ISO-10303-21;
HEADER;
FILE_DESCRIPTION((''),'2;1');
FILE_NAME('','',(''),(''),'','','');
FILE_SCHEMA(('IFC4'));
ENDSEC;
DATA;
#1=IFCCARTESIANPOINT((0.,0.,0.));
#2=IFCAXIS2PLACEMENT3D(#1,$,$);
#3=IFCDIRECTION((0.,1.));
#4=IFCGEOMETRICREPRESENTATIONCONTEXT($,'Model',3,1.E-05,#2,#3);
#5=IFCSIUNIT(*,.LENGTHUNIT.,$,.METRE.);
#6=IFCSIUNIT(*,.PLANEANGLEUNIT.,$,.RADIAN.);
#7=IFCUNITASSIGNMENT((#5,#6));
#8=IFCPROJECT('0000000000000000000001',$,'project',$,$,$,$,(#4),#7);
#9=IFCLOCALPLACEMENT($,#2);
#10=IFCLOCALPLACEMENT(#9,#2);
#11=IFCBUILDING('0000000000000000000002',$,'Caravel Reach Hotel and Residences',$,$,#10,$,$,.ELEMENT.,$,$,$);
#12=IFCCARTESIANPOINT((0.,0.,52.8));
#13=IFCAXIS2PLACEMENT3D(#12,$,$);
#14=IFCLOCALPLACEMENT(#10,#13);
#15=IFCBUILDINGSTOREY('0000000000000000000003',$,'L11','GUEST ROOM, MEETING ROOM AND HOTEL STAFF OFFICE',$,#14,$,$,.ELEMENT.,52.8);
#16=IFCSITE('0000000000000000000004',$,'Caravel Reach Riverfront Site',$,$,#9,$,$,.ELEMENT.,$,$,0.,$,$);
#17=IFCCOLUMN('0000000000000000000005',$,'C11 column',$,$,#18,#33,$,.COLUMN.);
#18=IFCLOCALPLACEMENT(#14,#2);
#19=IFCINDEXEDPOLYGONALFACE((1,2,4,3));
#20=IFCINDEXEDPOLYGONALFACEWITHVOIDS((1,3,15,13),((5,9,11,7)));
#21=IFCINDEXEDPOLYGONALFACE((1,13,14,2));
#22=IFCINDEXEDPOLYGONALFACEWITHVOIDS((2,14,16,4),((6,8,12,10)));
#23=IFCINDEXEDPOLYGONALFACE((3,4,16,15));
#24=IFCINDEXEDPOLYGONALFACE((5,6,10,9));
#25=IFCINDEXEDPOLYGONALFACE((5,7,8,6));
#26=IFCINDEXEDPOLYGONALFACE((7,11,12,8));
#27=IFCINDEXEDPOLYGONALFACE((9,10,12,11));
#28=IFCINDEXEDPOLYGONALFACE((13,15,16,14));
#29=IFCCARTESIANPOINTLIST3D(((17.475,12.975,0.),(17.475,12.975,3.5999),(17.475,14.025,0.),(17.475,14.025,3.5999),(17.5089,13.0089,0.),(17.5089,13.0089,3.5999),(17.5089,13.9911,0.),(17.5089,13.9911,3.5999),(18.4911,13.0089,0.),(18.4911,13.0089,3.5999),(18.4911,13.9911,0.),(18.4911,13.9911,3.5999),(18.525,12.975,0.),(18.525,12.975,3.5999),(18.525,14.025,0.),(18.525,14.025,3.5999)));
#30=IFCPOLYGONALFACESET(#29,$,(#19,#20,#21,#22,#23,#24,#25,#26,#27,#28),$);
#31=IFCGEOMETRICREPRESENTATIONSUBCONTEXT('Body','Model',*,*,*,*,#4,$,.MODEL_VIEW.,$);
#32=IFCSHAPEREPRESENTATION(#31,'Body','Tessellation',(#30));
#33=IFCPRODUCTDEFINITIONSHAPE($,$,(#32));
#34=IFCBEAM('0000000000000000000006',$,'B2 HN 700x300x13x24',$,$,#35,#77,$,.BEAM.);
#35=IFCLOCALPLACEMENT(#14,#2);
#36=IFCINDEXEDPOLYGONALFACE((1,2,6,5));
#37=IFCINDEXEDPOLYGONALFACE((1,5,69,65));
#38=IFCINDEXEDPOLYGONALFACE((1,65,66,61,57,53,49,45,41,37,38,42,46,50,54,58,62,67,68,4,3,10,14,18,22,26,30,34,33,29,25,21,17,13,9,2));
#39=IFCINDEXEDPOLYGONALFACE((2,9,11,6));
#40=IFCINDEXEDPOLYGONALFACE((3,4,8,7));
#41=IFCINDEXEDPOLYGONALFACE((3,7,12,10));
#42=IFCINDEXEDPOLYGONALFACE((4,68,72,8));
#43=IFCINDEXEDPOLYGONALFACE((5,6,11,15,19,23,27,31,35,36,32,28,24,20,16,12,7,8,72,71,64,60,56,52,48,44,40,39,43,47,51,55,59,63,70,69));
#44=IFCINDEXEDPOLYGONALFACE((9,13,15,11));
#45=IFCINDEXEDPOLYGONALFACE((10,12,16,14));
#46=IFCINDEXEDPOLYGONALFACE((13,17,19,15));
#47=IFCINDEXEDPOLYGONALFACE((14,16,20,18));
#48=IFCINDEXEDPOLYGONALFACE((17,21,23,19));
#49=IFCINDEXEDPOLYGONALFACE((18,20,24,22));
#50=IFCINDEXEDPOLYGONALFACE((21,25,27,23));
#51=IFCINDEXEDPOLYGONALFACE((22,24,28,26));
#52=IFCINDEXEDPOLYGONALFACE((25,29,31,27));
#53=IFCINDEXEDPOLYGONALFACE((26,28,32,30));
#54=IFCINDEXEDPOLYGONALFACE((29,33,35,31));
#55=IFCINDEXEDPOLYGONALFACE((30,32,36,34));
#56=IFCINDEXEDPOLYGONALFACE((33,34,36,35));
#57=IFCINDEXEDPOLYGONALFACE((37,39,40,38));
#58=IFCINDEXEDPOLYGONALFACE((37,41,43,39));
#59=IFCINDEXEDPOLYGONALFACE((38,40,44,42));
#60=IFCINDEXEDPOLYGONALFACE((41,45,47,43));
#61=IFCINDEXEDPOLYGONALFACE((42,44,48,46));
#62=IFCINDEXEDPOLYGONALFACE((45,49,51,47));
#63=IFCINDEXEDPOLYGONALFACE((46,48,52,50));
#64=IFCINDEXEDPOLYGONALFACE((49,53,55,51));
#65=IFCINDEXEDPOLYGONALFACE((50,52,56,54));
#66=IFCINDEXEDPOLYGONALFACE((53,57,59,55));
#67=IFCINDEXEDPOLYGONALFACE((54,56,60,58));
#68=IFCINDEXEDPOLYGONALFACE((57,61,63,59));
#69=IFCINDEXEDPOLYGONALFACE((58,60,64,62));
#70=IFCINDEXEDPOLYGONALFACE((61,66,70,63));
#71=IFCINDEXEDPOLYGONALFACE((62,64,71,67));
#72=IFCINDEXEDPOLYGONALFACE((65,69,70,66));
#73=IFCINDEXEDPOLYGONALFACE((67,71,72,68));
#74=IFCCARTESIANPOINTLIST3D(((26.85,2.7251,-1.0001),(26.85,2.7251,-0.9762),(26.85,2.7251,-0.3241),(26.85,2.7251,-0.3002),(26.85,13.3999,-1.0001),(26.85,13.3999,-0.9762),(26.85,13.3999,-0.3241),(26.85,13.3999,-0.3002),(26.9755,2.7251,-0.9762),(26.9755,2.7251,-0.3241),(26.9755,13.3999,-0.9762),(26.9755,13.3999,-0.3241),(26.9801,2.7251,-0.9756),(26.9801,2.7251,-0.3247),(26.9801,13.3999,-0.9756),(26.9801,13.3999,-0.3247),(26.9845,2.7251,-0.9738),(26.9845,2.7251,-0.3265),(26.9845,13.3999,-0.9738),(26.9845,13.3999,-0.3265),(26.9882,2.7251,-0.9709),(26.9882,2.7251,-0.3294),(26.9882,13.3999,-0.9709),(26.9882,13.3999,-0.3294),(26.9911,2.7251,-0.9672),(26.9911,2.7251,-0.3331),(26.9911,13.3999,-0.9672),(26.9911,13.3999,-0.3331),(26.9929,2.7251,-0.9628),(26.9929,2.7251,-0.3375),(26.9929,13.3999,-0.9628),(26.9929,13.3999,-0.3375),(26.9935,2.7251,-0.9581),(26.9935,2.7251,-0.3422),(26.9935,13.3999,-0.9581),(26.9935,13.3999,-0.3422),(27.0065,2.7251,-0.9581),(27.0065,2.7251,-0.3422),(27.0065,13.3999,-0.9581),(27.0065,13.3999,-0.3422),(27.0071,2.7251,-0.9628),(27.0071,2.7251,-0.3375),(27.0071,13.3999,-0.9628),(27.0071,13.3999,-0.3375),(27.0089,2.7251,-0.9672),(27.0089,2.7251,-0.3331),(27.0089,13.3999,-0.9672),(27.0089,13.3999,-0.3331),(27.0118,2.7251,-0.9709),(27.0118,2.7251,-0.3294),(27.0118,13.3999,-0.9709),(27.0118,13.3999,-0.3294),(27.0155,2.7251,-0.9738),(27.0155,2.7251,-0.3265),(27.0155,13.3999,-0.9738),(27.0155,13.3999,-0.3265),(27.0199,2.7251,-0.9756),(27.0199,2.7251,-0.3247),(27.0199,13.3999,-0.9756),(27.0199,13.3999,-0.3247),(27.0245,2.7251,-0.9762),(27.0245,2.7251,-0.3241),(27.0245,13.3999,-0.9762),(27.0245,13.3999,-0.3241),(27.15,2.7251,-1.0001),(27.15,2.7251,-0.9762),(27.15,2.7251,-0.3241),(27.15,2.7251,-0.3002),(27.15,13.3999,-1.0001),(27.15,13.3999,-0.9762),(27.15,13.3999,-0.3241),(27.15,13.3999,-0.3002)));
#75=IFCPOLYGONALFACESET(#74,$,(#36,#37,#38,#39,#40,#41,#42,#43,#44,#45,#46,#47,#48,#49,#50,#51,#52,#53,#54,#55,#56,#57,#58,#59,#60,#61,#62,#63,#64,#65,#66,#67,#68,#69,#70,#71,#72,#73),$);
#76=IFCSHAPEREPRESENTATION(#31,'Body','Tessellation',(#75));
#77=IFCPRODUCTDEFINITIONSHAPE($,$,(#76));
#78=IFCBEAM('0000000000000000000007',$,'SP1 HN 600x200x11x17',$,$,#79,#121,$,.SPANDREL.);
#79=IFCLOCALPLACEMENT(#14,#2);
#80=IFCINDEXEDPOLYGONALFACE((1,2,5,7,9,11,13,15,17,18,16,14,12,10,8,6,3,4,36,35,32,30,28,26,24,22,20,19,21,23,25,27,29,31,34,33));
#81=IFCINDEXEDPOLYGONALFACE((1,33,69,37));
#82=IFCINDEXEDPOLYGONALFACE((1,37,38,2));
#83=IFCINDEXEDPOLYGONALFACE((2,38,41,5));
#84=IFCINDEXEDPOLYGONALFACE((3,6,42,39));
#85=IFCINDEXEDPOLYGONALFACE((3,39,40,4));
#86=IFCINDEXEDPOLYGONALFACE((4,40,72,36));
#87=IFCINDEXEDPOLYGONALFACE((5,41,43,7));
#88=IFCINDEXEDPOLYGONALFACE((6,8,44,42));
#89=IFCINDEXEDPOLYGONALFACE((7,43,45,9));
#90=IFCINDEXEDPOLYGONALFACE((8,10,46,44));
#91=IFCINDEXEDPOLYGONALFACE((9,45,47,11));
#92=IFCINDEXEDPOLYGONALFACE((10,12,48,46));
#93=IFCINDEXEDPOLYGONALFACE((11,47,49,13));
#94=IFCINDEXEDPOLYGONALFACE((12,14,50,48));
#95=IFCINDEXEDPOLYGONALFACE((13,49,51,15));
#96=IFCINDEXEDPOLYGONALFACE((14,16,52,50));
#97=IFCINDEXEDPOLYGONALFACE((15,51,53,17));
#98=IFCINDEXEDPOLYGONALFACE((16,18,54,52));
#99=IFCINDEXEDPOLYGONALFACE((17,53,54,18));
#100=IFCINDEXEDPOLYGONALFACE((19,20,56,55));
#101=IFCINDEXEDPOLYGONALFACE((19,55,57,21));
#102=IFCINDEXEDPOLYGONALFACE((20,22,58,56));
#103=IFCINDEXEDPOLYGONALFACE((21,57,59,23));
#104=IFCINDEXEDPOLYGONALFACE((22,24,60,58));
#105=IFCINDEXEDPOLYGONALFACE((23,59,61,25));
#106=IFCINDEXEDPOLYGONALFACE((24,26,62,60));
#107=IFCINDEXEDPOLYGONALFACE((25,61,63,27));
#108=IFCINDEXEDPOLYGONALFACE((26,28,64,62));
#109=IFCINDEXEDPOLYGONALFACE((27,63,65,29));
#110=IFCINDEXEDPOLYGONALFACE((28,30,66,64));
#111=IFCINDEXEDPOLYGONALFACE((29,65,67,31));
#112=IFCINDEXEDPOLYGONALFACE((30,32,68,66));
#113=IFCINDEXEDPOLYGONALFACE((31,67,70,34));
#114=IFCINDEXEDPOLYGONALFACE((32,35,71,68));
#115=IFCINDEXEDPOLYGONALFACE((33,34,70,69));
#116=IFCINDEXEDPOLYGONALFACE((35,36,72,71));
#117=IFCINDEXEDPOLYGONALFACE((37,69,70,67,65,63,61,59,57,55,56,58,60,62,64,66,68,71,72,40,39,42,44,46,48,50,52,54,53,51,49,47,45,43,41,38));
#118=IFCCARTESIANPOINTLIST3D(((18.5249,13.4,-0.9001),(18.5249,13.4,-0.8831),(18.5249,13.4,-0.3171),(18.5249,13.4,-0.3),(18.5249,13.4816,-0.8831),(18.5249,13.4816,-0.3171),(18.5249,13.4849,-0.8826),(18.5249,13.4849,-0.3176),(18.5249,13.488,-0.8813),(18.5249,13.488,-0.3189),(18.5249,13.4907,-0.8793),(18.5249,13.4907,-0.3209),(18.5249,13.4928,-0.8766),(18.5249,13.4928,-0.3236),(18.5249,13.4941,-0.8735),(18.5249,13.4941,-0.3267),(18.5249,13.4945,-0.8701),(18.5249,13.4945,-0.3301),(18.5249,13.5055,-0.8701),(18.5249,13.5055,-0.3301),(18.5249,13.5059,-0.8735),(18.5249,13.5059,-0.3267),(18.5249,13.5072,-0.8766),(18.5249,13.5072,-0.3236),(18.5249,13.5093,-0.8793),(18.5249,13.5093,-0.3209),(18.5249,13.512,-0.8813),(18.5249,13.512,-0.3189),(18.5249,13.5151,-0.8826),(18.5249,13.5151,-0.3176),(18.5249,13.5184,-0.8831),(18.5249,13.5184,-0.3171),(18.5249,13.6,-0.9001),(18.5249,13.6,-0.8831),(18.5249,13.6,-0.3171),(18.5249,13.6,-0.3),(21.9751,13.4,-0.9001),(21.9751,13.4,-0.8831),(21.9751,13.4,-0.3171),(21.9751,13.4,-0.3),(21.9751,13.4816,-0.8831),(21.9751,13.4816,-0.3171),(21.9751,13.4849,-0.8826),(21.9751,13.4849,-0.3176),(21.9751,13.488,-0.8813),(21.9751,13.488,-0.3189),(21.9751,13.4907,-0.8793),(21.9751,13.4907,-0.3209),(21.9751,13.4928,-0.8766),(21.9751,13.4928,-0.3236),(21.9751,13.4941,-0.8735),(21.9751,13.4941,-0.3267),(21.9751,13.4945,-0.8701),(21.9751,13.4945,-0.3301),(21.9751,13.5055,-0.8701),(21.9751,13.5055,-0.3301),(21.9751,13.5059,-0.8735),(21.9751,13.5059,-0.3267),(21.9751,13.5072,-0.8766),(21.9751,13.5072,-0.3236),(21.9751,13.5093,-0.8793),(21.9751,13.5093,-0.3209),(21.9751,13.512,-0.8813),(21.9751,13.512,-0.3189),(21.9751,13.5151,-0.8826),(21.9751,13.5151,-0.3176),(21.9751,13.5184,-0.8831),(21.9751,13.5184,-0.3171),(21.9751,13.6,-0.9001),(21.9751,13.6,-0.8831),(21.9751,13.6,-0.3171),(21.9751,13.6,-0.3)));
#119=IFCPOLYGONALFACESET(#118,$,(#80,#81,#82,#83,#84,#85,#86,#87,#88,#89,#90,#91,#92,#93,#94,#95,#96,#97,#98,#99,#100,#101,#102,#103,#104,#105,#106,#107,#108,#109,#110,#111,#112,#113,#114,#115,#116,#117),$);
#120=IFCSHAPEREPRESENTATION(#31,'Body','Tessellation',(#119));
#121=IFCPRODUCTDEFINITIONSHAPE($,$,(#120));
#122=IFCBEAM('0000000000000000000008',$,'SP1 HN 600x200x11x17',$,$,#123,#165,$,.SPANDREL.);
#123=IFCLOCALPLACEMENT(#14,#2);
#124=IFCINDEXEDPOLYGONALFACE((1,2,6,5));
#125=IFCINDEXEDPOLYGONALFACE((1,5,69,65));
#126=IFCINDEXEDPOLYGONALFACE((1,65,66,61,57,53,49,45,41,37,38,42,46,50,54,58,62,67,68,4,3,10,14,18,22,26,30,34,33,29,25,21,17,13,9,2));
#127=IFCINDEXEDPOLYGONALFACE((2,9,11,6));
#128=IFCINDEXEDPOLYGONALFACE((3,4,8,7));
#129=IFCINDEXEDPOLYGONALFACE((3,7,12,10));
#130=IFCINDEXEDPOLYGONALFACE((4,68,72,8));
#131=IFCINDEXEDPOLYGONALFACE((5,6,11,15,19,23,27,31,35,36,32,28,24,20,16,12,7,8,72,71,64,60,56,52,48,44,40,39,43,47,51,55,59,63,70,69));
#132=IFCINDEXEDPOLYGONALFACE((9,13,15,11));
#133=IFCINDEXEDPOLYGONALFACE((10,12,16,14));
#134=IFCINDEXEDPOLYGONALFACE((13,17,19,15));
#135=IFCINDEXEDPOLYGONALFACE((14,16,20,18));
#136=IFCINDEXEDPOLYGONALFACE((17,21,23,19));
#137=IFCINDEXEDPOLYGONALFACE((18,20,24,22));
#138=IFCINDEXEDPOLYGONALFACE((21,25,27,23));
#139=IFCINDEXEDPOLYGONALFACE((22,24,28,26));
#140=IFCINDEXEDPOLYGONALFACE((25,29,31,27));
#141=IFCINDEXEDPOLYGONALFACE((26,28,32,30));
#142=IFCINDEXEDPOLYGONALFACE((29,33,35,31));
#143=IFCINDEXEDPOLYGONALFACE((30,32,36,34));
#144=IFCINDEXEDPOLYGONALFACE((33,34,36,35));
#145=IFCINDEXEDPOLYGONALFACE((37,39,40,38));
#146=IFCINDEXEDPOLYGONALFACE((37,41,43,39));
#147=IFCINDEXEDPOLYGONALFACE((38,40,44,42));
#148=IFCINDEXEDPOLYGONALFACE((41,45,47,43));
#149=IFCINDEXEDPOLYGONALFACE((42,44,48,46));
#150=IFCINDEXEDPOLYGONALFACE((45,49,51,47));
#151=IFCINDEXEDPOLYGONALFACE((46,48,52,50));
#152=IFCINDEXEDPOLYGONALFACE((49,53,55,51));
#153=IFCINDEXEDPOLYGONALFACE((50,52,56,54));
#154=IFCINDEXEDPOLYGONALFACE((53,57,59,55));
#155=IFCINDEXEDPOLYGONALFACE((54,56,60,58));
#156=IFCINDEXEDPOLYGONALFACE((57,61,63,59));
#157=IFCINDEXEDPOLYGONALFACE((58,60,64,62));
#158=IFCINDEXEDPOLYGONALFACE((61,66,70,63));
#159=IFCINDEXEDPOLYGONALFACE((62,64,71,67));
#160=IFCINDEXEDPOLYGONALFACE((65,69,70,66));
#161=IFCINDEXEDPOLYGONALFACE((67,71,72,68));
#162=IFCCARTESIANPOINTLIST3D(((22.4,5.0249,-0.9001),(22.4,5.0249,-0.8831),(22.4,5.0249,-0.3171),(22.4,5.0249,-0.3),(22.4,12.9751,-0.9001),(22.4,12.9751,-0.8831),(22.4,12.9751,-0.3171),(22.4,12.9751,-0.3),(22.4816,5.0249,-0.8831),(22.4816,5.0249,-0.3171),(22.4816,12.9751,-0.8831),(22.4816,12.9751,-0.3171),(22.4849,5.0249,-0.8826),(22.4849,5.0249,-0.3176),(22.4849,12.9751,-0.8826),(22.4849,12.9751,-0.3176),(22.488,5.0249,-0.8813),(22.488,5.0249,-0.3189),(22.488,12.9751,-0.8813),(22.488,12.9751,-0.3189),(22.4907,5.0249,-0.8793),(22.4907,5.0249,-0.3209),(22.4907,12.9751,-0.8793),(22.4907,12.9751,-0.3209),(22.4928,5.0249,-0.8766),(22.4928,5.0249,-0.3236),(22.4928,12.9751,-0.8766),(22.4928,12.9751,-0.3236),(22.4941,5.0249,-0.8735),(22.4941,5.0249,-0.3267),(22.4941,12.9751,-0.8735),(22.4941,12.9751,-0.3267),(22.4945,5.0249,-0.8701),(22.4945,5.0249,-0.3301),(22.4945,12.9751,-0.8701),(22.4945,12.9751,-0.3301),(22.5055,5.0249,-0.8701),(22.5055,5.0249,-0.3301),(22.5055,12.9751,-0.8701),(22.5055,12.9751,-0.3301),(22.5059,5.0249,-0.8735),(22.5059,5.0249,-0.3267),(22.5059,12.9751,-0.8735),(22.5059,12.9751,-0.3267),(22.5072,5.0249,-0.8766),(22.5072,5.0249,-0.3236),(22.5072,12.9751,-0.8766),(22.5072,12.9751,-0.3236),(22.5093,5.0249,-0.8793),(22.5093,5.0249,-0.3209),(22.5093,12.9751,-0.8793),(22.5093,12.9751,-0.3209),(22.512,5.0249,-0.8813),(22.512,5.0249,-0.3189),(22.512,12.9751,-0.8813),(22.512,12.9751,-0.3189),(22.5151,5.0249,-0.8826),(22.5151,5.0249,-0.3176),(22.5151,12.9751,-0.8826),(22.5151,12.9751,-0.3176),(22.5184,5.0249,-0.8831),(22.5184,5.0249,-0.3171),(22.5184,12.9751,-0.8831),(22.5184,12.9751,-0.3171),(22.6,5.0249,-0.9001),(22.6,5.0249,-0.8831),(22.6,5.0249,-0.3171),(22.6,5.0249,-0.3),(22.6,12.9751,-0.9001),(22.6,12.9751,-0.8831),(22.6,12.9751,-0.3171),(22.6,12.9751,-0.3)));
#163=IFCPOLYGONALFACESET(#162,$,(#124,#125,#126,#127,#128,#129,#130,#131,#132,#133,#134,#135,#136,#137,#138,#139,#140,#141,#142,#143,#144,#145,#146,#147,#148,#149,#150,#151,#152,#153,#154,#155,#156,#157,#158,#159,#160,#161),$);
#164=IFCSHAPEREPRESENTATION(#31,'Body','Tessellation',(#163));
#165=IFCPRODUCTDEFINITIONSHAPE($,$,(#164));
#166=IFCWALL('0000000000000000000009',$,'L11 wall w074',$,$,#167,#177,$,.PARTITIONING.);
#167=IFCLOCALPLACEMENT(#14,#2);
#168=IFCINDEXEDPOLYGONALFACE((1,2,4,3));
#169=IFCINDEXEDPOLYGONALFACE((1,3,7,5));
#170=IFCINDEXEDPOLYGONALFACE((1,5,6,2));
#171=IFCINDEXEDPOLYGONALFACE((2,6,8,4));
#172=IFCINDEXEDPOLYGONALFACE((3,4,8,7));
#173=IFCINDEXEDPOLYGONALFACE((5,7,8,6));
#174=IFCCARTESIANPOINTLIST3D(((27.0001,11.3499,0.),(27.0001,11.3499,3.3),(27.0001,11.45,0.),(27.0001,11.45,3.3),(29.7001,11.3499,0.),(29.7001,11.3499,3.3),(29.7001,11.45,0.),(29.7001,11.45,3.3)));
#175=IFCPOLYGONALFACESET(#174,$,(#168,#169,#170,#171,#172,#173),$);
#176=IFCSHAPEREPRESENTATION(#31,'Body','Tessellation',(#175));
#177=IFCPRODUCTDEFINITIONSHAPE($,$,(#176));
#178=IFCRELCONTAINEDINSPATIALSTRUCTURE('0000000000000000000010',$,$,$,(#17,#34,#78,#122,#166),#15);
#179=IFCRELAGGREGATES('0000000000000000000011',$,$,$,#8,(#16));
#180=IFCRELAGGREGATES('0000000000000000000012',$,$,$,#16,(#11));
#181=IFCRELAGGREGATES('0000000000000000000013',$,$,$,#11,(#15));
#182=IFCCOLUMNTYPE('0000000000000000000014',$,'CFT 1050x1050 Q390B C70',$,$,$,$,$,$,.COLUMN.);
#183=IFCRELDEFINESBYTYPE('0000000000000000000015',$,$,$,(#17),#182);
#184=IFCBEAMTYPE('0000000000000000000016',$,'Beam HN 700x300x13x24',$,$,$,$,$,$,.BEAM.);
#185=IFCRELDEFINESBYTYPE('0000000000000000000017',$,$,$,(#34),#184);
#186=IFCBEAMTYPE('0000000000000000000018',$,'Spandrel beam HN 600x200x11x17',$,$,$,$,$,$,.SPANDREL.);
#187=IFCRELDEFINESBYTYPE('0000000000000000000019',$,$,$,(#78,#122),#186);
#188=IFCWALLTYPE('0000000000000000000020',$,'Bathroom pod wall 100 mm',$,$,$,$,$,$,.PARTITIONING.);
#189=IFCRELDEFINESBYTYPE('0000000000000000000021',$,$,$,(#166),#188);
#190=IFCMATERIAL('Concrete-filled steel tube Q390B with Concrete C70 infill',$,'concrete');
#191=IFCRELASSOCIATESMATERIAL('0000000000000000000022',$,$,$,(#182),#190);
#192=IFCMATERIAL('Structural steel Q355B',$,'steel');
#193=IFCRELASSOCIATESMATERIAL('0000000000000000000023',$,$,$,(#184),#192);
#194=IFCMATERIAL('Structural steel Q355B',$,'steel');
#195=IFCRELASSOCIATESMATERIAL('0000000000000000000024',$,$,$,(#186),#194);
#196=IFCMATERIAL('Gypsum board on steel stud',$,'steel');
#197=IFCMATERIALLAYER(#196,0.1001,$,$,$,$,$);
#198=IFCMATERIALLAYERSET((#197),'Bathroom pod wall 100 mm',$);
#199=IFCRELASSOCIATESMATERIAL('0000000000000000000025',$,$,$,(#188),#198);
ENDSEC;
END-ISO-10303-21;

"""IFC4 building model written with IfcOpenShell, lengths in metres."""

from ifc_helpers import new_model, si_unit, direction, frame, frame_2d, origin, origin_2d, place, context, subcontext, project, spatial, rectangle, hollow_rectangle, i_section, extrude, material, layer, layer_set, material_profile, profile_set, type_object, element, save


model = new_model("IFC4")

# Units and contexts
model_context = context("Model", 3, precision=1e-05, world=origin(), true_north=direction((0.0, 1.0)))
body_context = subcontext(model_context, "Body", "Model", "MODEL_VIEW")
ifc_project = project(units=[si_unit("LENGTHUNIT", "METRE"), si_unit("PLANEANGLEUNIT", "RADIAN")], contexts=[model_context])

# Site, building, storey
site_placement = place(None, origin())
site = spatial("IfcSite", under=ifc_project, at=site_placement, Name="Caravel Reach Riverfront Site", CompositionType="ELEMENT", RefElevation=0.0)
building_placement = place(site_placement, origin())
building = spatial("IfcBuilding", under=site, at=building_placement, Name="Caravel Reach Hotel and Residences", CompositionType="ELEMENT")
storey_placement = place(building_placement, frame((0.0, 0.0, 52.8)))
storey = spatial("IfcBuildingStorey", under=building, at=storey_placement, Name="L11", Description="GUEST ROOM, MEETING ROOM AND HOTEL STAFF OFFICE", CompositionType="ELEMENT", Elevation=52.8)

# Column
ifc_material_1 = material(Name="Concrete-filled steel tube Q390B with Concrete C70 infill", Category="concrete")
ifc_material_profile_1 = material_profile(ifc_material_1, hollow_rectangle(XDim=1.05, YDim=1.05, WallThickness=0.0339, at=origin_2d()), Name="RHS 1050x1050x34")
ifc_profile_set_1 = profile_set([ifc_material_profile_1], Name="Concrete-filled steel tube Q390B with Concrete C70 infill")
column_type = type_object("IfcColumnType", Name="CFT 1050x1050 Q390B C70", PredefinedType="COLUMN", material=ifc_profile_set_1)
column_placement = place(storey_placement, frame((18.0, 13.5, 0.0), z_axis=(0.0, 0.0, 1.0), x_axis=(1.0, 0.0, 0.0)))
element("IfcColumn", 1, at=column_placement, inside=storey, type_object=column_type, Name="C11 column", PredefinedType="COLUMN", context=body_context, shape_type="SweptSolid", body=[
    extrude(hollow_rectangle(XDim=1.05, YDim=1.05, WallThickness=0.0339, at=origin_2d()), origin(), (0.0, 0.0, 1.0), 3.5999),
])

# Beams
ifc_material_2 = material(Name="Structural steel Q355B", Category="steel")
ifc_material_profile_2 = material_profile(ifc_material_2, i_section(OverallWidth=0.3, OverallDepth=0.7, WebThickness=0.0129, FlangeThickness=0.0239, FilletRadius=0.0181, at=origin_2d()), Name="HN 700x300x13x24")
ifc_profile_set_2 = profile_set([ifc_material_profile_2], Name="Structural steel Q355B")
beam_type_1 = type_object("IfcBeamType", Name="Beam HN 700x300x13x24", PredefinedType="BEAM", material=ifc_profile_set_2)
beam_1_placement = place(storey_placement, frame((27.0, 13.3999, -0.6501), z_axis=(0.0, -1.0, 0.0), x_axis=(1.0, 0.0, 0.0)))
element("IfcBeam", 2, at=beam_1_placement, inside=storey, type_object=beam_type_1, Name="B2 HN 700x300x13x24", PredefinedType="BEAM", context=body_context, shape_type="SweptSolid", body=[
    extrude(i_section(OverallWidth=0.3, OverallDepth=0.7, WebThickness=0.0129, FlangeThickness=0.0239, FilletRadius=0.0181, at=origin_2d()), origin(), (0.0, 0.0, 1.0), 10.6748),
])
ifc_material_3 = material(Name="Structural steel Q355B", Category="steel")
ifc_material_profile_3 = material_profile(ifc_material_3, i_section(OverallWidth=0.2, OverallDepth=0.6001, WebThickness=0.011, FlangeThickness=0.0171, FilletRadius=0.0129, at=origin_2d()), Name="HN 600x200x11x17")
ifc_profile_set_3 = profile_set([ifc_material_profile_3], Name="Structural steel Q355B")
beam_type_2 = type_object("IfcBeamType", Name="Spandrel beam HN 600x200x11x17", PredefinedType="SPANDREL", material=ifc_profile_set_3)
beam_2_placement = place(storey_placement, frame((18.5249, 13.5, -0.6001), z_axis=(1.0, 0.0, 0.0), x_axis=(0.0, 1.0, 0.0)))
element("IfcBeam", 3, at=beam_2_placement, inside=storey, type_object=beam_type_2, Name="SP1 HN 600x200x11x17", PredefinedType="SPANDREL", context=body_context, shape_type="SweptSolid", body=[
    extrude(i_section(OverallWidth=0.2, OverallDepth=0.6001, WebThickness=0.011, FlangeThickness=0.0171, FilletRadius=0.0129, at=origin_2d()), origin(), (0.0, 0.0, 1.0), 3.4502),
])
beam_3_placement = place(storey_placement, frame((22.5, 12.9751, -0.6001), z_axis=(0.0, -1.0, 0.0), x_axis=(1.0, 0.0, 0.0)))
element("IfcBeam", 4, at=beam_3_placement, inside=storey, type_object=beam_type_2, Name="SP1 HN 600x200x11x17", PredefinedType="SPANDREL", context=body_context, shape_type="SweptSolid", body=[
    extrude(i_section(OverallWidth=0.2, OverallDepth=0.6001, WebThickness=0.011, FlangeThickness=0.0171, FilletRadius=0.0129, at=origin_2d()), origin(), (0.0, 0.0, 1.0), 7.9502),
])

# Wall
ifc_material_4 = material(Name="Gypsum board on steel stud", Category="steel")
ifc_layer_1 = layer(ifc_material_4, 0.1001)
ifc_layer_set_1 = layer_set([ifc_layer_1], Name="Bathroom pod wall 100 mm")
wall_type_1 = type_object("IfcWallType", Name="Bathroom pod wall 100 mm", PredefinedType="PARTITIONING", material=ifc_layer_set_1)
wall_1_placement = place(storey_placement, frame((27.0, 11.3999, 0.0), z_axis=(0.0, 0.0, 1.0), x_axis=(1.0, 0.0, 0.0)))
element("IfcWall", 5, at=wall_1_placement, inside=storey, type_object=wall_type_1, Name="L11 wall w074", PredefinedType="PARTITIONING", context=body_context, shape_type="SweptSolid", body=[
    extrude(rectangle(XDim=2.7, YDim=0.1001, at=frame_2d((1.3501, 0.0))), origin(), (0.0, 0.0, 1.0), 3.3),
])

save(model, "model.ifc")
